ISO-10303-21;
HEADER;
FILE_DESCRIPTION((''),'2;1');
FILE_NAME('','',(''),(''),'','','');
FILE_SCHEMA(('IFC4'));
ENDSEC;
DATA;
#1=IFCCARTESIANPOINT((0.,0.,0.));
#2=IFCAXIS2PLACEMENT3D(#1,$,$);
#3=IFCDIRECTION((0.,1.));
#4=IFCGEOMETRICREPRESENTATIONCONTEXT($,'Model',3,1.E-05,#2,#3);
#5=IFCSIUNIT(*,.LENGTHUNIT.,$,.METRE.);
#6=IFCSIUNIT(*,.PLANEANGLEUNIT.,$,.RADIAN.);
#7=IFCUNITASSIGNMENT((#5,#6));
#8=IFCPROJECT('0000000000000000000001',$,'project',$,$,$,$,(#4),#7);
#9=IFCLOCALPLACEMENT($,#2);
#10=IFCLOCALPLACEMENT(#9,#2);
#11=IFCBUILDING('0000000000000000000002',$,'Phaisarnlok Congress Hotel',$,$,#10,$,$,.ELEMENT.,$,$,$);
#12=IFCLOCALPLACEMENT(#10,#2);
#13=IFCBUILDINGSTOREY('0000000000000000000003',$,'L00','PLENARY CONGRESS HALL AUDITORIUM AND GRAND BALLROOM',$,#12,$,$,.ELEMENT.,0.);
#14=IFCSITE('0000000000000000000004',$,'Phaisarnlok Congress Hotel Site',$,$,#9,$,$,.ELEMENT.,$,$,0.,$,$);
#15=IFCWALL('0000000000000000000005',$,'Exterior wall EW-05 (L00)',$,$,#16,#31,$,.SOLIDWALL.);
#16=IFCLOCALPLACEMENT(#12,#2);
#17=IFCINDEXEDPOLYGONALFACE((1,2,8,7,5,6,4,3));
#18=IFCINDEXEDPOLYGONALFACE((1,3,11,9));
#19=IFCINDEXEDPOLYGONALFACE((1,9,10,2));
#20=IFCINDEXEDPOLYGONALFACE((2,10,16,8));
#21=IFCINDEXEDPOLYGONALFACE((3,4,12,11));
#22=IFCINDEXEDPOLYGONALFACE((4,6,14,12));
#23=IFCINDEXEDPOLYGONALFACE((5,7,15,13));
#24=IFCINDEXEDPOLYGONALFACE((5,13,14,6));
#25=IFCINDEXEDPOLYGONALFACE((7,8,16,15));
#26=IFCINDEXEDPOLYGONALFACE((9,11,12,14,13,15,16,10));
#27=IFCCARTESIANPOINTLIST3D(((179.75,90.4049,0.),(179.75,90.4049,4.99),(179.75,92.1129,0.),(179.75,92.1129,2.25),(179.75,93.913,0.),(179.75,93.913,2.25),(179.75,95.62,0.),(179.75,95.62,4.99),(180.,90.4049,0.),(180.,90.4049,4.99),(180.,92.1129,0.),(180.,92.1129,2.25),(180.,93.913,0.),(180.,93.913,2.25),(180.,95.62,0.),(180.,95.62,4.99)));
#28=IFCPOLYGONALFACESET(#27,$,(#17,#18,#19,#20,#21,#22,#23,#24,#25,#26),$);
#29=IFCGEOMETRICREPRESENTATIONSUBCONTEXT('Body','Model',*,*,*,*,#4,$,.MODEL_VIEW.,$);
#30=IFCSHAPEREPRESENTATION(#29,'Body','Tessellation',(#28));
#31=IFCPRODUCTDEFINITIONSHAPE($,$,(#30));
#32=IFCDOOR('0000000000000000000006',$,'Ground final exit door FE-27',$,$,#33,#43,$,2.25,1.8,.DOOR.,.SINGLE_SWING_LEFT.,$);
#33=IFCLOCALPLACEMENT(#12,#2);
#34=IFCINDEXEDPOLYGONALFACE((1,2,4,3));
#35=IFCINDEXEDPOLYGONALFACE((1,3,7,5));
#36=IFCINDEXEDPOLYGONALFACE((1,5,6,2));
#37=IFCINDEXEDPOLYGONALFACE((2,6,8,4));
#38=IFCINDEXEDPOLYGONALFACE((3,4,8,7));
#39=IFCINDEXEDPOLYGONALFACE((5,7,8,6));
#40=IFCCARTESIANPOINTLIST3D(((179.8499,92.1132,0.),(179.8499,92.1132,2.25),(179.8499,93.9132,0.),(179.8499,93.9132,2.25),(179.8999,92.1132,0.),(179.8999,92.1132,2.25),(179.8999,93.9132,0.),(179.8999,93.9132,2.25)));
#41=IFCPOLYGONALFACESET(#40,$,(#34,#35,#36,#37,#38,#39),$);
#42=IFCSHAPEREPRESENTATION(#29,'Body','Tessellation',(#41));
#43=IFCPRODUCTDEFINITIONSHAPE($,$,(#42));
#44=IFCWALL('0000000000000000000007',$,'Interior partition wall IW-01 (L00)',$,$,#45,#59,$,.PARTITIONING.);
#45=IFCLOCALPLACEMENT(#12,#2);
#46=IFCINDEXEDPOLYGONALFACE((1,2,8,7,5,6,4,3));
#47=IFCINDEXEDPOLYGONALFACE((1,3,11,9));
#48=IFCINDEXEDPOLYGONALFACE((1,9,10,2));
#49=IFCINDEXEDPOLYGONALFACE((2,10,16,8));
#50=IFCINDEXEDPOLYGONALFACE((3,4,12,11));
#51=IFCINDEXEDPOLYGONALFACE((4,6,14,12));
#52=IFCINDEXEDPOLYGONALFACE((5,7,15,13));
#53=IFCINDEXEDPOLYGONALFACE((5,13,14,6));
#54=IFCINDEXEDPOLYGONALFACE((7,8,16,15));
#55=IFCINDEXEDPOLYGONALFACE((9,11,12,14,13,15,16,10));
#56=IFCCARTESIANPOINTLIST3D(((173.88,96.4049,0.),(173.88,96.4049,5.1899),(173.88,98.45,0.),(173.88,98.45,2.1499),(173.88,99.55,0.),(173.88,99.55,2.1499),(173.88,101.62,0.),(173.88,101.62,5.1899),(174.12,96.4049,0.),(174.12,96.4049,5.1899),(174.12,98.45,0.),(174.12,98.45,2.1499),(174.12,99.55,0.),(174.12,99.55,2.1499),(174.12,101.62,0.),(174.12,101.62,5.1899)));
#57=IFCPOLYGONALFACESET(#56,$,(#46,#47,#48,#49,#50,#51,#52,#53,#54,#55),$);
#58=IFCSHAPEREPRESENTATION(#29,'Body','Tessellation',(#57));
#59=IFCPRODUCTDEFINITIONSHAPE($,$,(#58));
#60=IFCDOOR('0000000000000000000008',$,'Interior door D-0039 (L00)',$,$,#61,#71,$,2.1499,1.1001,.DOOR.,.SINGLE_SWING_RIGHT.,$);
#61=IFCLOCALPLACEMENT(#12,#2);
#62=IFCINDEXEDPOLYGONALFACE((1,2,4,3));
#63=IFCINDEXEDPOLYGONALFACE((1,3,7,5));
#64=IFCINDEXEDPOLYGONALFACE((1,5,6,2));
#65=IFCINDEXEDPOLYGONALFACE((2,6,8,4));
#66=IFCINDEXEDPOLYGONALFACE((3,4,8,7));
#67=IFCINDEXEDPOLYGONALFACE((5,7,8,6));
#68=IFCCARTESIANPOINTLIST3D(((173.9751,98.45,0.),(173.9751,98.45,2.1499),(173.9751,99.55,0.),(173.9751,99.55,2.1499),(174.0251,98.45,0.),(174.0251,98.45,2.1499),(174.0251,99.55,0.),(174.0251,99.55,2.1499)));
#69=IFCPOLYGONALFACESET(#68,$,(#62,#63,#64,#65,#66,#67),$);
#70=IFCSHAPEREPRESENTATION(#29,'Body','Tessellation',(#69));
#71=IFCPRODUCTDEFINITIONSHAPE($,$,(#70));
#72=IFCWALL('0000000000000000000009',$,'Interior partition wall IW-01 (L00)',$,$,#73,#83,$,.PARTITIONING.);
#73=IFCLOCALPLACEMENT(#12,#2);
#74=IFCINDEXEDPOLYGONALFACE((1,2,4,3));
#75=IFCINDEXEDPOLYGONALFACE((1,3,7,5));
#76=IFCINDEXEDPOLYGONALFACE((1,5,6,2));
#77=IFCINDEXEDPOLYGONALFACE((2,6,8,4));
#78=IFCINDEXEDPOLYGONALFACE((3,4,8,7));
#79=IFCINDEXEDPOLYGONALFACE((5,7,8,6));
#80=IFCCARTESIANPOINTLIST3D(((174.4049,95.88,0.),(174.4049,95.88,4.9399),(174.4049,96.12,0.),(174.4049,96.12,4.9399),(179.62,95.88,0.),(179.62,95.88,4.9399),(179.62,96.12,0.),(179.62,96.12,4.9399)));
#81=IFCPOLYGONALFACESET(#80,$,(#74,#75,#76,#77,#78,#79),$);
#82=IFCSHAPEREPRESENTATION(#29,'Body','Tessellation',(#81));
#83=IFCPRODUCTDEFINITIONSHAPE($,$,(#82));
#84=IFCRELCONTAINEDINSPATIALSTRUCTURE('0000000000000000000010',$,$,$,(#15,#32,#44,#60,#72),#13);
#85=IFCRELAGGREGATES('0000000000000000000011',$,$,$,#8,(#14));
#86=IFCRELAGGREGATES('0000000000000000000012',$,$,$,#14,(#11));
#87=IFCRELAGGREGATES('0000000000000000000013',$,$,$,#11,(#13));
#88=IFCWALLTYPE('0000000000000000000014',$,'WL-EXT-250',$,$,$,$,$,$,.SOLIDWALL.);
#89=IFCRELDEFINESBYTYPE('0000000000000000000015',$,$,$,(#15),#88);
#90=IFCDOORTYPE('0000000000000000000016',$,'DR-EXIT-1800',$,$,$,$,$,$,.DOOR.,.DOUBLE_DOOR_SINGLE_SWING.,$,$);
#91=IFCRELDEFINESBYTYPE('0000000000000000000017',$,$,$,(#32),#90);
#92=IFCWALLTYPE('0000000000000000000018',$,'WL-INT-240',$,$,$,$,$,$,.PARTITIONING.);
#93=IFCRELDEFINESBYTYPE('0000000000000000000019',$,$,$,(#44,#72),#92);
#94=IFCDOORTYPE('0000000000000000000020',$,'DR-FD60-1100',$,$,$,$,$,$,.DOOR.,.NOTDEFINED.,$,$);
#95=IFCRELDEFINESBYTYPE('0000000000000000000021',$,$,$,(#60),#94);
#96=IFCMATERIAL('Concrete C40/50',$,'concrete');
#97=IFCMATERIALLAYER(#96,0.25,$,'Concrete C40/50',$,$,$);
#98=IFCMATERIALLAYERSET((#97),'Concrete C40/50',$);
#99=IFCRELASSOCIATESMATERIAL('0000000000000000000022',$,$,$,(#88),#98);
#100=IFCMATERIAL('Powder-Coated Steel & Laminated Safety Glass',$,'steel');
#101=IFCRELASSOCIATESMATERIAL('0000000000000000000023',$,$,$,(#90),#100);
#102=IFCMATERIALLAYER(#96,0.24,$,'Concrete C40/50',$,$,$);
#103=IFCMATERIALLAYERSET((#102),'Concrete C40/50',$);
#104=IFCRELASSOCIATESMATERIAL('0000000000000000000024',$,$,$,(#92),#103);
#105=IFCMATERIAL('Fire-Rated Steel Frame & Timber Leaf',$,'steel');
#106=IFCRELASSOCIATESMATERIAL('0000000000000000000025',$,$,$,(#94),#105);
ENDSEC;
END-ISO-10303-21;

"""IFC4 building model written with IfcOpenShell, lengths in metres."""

from ifc_helpers import new_model, si_unit, direction, frame, frame_2d, origin, place, context, subcontext, project, spatial, rectangle, extrude, material, layer, layer_set, type_object, element, fill, save


model = new_model("IFC4")

# Units and contexts
model_context = context("Model", 3, precision=1e-05, world=origin(), true_north=direction((0.0, 1.0)))
body_context = subcontext(model_context, "Body", "Model", "MODEL_VIEW")
ifc_project = project(units=[si_unit("LENGTHUNIT", "METRE"), si_unit("PLANEANGLEUNIT", "RADIAN")], contexts=[model_context])

# Site, building, storey
site_placement = place(None, origin())
site = spatial("IfcSite", under=ifc_project, at=site_placement, Name="Phaisarnlok Congress Hotel Site", CompositionType="ELEMENT", RefElevation=0.0)
building_placement = place(site_placement, origin())
building = spatial("IfcBuilding", under=site, at=building_placement, Name="Phaisarnlok Congress Hotel", CompositionType="ELEMENT")
storey_placement = place(building_placement, origin())
storey = spatial("IfcBuildingStorey", under=building, at=storey_placement, Name="L00", Description="PLENARY CONGRESS HALL AUDITORIUM AND GRAND BALLROOM", CompositionType="ELEMENT", Elevation=0.0)

# Shared definitions
ifc_material_1 = material(Name="Concrete C40/50", Category="concrete")

# Walls, openings, doors
ifc_material_2 = material(Name="Powder-Coated Steel & Laminated Safety Glass", Category="steel")
ifc_layer_1 = layer(ifc_material_1, 0.25, Name="Concrete C40/50")
ifc_layer_set_1 = layer_set([ifc_layer_1], Name="Concrete C40/50")
wall_type_1 = type_object("IfcWallType", Name="WL-EXT-250", PredefinedType="SOLIDWALL", material=ifc_layer_set_1)
wall_1_placement = place(storey_placement, frame((179.875, 90.405, 0.0), z_axis=(0.0, 0.0, 1.0), x_axis=(0.0, 1.0, 0.0)))
wall_1 = element("IfcWall", 1, at=wall_1_placement, inside=storey, type_object=wall_type_1, Name="Exterior wall EW-05 (L00)", PredefinedType="SOLIDWALL", context=body_context, shape_type="SweptSolid", body=[
    extrude(rectangle(XDim=5.2151, YDim=0.25, at=frame_2d((2.6074, 0.0))), origin(), (0.0, 0.0, 1.0), 4.99),
])
opening_1_placement = place(wall_1_placement, frame((1.708, 0.0, 0.0)))
opening_1 = element("IfcOpeningElement", 2, at=opening_1_placement, cuts=wall_1, PredefinedType="OPENING", context=body_context, shape_type="SweptSolid", body=[
    extrude(rectangle(XDim=1.8, YDim=2.25, at=frame_2d((0.8999, 1.125))), frame((0.0, 0.135, 0.0), z_axis=(0.0, -1.0, 0.0), x_axis=(1.0, 0.0, 0.0)), (0.0, 0.0, 1.0), 0.27),
])
door_type_1 = type_object("IfcDoorType", Name="DR-EXIT-1800", OperationType="DOUBLE_DOOR_SINGLE_SWING", PredefinedType="DOOR", material=ifc_material_2)
door_1_placement = place(opening_1_placement, frame((1.8, 0.0, 0.0), z_axis=(0.0, 0.0, 1.0), x_axis=(-1.0, 0.0, 0.0)))
door_1 = element("IfcDoor", 3, at=door_1_placement, inside=storey, type_object=door_type_1, Name="Ground final exit door FE-27", OperationType="SINGLE_SWING_LEFT", OverallHeight=2.25, OverallWidth=1.8, PredefinedType="DOOR", context=body_context, shape_type="SweptSolid", body=[
    extrude(rectangle(XDim=1.8, YDim=2.25, at=frame_2d((0.8999, 1.125))), frame((0.0, 0.0249, 0.0), z_axis=(0.0, -1.0, 0.0), x_axis=(1.0, 0.0, 0.0)), (0.0, 0.0, 1.0), 0.05),
])
fill(opening_1, door_1)
ifc_layer_2 = layer(ifc_material_1, 0.24, Name="Concrete C40/50")
ifc_layer_set_2 = layer_set([ifc_layer_2], Name="Concrete C40/50")
wall_type_2 = type_object("IfcWallType", Name="WL-INT-240", PredefinedType="PARTITIONING", material=ifc_layer_set_2)
wall_2_placement = place(storey_placement, frame((174.0, 96.405, 0.0), z_axis=(0.0, 0.0, 1.0), x_axis=(0.0, 1.0, 0.0)))
wall_2 = element("IfcWall", 4, at=wall_2_placement, inside=storey, type_object=wall_type_2, Name="Interior partition wall IW-01 (L00)", PredefinedType="PARTITIONING", context=body_context, shape_type="SweptSolid", body=[
    extrude(rectangle(XDim=5.2151, YDim=0.24, at=frame_2d((2.6074, 0.0))), origin(), (0.0, 0.0, 1.0), 5.1899),
])
opening_2_placement = place(wall_2_placement, frame((2.0449, 0.0, 0.0)))
opening_2 = element("IfcOpeningElement", 5, at=opening_2_placement, cuts=wall_2, PredefinedType="OPENING", context=body_context, shape_type="SweptSolid", body=[
    extrude(rectangle(XDim=1.1001, YDim=2.1499, at=frame_2d((0.55, 1.075))), frame((0.0, 0.1299, 0.0), z_axis=(0.0, -1.0, 0.0), x_axis=(1.0, 0.0, 0.0)), (0.0, 0.0, 1.0), 0.26),
])
ifc_material_3 = material(Name="Fire-Rated Steel Frame & Timber Leaf", Category="steel")
door_type_2 = type_object("IfcDoorType", Name="DR-FD60-1100", OperationType="NOTDEFINED", PredefinedType="DOOR", material=ifc_material_3)
door_2_placement = place(opening_2_placement, origin())
door_2 = element("IfcDoor", 6, at=door_2_placement, inside=storey, type_object=door_type_2, Name="Interior door D-0039 (L00)", OperationType="SINGLE_SWING_RIGHT", OverallHeight=2.1499, OverallWidth=1.1001, PredefinedType="DOOR", context=body_context, shape_type="SweptSolid", body=[
    extrude(rectangle(XDim=1.1001, YDim=2.1499, at=frame_2d((0.55, 1.075))), frame((0.0, 0.0249, 0.0), z_axis=(0.0, -1.0, 0.0), x_axis=(1.0, 0.0, 0.0)), (0.0, 0.0, 1.0), 0.05),
])
fill(opening_2, door_2)

# Wall
wall_3_placement = place(storey_placement, frame((174.405, 96.0, 0.0), z_axis=(0.0, 0.0, 1.0), x_axis=(1.0, 0.0, 0.0)))
element("IfcWall", 7, at=wall_3_placement, inside=storey, type_object=wall_type_2, Name="Interior partition wall IW-01 (L00)", PredefinedType="PARTITIONING", context=body_context, shape_type="SweptSolid", body=[
    extrude(rectangle(XDim=5.2151, YDim=0.24, at=frame_2d((2.6074, 0.0))), origin(), (0.0, 0.0, 1.0), 4.9399),
])

save(model, "model.ifc")
